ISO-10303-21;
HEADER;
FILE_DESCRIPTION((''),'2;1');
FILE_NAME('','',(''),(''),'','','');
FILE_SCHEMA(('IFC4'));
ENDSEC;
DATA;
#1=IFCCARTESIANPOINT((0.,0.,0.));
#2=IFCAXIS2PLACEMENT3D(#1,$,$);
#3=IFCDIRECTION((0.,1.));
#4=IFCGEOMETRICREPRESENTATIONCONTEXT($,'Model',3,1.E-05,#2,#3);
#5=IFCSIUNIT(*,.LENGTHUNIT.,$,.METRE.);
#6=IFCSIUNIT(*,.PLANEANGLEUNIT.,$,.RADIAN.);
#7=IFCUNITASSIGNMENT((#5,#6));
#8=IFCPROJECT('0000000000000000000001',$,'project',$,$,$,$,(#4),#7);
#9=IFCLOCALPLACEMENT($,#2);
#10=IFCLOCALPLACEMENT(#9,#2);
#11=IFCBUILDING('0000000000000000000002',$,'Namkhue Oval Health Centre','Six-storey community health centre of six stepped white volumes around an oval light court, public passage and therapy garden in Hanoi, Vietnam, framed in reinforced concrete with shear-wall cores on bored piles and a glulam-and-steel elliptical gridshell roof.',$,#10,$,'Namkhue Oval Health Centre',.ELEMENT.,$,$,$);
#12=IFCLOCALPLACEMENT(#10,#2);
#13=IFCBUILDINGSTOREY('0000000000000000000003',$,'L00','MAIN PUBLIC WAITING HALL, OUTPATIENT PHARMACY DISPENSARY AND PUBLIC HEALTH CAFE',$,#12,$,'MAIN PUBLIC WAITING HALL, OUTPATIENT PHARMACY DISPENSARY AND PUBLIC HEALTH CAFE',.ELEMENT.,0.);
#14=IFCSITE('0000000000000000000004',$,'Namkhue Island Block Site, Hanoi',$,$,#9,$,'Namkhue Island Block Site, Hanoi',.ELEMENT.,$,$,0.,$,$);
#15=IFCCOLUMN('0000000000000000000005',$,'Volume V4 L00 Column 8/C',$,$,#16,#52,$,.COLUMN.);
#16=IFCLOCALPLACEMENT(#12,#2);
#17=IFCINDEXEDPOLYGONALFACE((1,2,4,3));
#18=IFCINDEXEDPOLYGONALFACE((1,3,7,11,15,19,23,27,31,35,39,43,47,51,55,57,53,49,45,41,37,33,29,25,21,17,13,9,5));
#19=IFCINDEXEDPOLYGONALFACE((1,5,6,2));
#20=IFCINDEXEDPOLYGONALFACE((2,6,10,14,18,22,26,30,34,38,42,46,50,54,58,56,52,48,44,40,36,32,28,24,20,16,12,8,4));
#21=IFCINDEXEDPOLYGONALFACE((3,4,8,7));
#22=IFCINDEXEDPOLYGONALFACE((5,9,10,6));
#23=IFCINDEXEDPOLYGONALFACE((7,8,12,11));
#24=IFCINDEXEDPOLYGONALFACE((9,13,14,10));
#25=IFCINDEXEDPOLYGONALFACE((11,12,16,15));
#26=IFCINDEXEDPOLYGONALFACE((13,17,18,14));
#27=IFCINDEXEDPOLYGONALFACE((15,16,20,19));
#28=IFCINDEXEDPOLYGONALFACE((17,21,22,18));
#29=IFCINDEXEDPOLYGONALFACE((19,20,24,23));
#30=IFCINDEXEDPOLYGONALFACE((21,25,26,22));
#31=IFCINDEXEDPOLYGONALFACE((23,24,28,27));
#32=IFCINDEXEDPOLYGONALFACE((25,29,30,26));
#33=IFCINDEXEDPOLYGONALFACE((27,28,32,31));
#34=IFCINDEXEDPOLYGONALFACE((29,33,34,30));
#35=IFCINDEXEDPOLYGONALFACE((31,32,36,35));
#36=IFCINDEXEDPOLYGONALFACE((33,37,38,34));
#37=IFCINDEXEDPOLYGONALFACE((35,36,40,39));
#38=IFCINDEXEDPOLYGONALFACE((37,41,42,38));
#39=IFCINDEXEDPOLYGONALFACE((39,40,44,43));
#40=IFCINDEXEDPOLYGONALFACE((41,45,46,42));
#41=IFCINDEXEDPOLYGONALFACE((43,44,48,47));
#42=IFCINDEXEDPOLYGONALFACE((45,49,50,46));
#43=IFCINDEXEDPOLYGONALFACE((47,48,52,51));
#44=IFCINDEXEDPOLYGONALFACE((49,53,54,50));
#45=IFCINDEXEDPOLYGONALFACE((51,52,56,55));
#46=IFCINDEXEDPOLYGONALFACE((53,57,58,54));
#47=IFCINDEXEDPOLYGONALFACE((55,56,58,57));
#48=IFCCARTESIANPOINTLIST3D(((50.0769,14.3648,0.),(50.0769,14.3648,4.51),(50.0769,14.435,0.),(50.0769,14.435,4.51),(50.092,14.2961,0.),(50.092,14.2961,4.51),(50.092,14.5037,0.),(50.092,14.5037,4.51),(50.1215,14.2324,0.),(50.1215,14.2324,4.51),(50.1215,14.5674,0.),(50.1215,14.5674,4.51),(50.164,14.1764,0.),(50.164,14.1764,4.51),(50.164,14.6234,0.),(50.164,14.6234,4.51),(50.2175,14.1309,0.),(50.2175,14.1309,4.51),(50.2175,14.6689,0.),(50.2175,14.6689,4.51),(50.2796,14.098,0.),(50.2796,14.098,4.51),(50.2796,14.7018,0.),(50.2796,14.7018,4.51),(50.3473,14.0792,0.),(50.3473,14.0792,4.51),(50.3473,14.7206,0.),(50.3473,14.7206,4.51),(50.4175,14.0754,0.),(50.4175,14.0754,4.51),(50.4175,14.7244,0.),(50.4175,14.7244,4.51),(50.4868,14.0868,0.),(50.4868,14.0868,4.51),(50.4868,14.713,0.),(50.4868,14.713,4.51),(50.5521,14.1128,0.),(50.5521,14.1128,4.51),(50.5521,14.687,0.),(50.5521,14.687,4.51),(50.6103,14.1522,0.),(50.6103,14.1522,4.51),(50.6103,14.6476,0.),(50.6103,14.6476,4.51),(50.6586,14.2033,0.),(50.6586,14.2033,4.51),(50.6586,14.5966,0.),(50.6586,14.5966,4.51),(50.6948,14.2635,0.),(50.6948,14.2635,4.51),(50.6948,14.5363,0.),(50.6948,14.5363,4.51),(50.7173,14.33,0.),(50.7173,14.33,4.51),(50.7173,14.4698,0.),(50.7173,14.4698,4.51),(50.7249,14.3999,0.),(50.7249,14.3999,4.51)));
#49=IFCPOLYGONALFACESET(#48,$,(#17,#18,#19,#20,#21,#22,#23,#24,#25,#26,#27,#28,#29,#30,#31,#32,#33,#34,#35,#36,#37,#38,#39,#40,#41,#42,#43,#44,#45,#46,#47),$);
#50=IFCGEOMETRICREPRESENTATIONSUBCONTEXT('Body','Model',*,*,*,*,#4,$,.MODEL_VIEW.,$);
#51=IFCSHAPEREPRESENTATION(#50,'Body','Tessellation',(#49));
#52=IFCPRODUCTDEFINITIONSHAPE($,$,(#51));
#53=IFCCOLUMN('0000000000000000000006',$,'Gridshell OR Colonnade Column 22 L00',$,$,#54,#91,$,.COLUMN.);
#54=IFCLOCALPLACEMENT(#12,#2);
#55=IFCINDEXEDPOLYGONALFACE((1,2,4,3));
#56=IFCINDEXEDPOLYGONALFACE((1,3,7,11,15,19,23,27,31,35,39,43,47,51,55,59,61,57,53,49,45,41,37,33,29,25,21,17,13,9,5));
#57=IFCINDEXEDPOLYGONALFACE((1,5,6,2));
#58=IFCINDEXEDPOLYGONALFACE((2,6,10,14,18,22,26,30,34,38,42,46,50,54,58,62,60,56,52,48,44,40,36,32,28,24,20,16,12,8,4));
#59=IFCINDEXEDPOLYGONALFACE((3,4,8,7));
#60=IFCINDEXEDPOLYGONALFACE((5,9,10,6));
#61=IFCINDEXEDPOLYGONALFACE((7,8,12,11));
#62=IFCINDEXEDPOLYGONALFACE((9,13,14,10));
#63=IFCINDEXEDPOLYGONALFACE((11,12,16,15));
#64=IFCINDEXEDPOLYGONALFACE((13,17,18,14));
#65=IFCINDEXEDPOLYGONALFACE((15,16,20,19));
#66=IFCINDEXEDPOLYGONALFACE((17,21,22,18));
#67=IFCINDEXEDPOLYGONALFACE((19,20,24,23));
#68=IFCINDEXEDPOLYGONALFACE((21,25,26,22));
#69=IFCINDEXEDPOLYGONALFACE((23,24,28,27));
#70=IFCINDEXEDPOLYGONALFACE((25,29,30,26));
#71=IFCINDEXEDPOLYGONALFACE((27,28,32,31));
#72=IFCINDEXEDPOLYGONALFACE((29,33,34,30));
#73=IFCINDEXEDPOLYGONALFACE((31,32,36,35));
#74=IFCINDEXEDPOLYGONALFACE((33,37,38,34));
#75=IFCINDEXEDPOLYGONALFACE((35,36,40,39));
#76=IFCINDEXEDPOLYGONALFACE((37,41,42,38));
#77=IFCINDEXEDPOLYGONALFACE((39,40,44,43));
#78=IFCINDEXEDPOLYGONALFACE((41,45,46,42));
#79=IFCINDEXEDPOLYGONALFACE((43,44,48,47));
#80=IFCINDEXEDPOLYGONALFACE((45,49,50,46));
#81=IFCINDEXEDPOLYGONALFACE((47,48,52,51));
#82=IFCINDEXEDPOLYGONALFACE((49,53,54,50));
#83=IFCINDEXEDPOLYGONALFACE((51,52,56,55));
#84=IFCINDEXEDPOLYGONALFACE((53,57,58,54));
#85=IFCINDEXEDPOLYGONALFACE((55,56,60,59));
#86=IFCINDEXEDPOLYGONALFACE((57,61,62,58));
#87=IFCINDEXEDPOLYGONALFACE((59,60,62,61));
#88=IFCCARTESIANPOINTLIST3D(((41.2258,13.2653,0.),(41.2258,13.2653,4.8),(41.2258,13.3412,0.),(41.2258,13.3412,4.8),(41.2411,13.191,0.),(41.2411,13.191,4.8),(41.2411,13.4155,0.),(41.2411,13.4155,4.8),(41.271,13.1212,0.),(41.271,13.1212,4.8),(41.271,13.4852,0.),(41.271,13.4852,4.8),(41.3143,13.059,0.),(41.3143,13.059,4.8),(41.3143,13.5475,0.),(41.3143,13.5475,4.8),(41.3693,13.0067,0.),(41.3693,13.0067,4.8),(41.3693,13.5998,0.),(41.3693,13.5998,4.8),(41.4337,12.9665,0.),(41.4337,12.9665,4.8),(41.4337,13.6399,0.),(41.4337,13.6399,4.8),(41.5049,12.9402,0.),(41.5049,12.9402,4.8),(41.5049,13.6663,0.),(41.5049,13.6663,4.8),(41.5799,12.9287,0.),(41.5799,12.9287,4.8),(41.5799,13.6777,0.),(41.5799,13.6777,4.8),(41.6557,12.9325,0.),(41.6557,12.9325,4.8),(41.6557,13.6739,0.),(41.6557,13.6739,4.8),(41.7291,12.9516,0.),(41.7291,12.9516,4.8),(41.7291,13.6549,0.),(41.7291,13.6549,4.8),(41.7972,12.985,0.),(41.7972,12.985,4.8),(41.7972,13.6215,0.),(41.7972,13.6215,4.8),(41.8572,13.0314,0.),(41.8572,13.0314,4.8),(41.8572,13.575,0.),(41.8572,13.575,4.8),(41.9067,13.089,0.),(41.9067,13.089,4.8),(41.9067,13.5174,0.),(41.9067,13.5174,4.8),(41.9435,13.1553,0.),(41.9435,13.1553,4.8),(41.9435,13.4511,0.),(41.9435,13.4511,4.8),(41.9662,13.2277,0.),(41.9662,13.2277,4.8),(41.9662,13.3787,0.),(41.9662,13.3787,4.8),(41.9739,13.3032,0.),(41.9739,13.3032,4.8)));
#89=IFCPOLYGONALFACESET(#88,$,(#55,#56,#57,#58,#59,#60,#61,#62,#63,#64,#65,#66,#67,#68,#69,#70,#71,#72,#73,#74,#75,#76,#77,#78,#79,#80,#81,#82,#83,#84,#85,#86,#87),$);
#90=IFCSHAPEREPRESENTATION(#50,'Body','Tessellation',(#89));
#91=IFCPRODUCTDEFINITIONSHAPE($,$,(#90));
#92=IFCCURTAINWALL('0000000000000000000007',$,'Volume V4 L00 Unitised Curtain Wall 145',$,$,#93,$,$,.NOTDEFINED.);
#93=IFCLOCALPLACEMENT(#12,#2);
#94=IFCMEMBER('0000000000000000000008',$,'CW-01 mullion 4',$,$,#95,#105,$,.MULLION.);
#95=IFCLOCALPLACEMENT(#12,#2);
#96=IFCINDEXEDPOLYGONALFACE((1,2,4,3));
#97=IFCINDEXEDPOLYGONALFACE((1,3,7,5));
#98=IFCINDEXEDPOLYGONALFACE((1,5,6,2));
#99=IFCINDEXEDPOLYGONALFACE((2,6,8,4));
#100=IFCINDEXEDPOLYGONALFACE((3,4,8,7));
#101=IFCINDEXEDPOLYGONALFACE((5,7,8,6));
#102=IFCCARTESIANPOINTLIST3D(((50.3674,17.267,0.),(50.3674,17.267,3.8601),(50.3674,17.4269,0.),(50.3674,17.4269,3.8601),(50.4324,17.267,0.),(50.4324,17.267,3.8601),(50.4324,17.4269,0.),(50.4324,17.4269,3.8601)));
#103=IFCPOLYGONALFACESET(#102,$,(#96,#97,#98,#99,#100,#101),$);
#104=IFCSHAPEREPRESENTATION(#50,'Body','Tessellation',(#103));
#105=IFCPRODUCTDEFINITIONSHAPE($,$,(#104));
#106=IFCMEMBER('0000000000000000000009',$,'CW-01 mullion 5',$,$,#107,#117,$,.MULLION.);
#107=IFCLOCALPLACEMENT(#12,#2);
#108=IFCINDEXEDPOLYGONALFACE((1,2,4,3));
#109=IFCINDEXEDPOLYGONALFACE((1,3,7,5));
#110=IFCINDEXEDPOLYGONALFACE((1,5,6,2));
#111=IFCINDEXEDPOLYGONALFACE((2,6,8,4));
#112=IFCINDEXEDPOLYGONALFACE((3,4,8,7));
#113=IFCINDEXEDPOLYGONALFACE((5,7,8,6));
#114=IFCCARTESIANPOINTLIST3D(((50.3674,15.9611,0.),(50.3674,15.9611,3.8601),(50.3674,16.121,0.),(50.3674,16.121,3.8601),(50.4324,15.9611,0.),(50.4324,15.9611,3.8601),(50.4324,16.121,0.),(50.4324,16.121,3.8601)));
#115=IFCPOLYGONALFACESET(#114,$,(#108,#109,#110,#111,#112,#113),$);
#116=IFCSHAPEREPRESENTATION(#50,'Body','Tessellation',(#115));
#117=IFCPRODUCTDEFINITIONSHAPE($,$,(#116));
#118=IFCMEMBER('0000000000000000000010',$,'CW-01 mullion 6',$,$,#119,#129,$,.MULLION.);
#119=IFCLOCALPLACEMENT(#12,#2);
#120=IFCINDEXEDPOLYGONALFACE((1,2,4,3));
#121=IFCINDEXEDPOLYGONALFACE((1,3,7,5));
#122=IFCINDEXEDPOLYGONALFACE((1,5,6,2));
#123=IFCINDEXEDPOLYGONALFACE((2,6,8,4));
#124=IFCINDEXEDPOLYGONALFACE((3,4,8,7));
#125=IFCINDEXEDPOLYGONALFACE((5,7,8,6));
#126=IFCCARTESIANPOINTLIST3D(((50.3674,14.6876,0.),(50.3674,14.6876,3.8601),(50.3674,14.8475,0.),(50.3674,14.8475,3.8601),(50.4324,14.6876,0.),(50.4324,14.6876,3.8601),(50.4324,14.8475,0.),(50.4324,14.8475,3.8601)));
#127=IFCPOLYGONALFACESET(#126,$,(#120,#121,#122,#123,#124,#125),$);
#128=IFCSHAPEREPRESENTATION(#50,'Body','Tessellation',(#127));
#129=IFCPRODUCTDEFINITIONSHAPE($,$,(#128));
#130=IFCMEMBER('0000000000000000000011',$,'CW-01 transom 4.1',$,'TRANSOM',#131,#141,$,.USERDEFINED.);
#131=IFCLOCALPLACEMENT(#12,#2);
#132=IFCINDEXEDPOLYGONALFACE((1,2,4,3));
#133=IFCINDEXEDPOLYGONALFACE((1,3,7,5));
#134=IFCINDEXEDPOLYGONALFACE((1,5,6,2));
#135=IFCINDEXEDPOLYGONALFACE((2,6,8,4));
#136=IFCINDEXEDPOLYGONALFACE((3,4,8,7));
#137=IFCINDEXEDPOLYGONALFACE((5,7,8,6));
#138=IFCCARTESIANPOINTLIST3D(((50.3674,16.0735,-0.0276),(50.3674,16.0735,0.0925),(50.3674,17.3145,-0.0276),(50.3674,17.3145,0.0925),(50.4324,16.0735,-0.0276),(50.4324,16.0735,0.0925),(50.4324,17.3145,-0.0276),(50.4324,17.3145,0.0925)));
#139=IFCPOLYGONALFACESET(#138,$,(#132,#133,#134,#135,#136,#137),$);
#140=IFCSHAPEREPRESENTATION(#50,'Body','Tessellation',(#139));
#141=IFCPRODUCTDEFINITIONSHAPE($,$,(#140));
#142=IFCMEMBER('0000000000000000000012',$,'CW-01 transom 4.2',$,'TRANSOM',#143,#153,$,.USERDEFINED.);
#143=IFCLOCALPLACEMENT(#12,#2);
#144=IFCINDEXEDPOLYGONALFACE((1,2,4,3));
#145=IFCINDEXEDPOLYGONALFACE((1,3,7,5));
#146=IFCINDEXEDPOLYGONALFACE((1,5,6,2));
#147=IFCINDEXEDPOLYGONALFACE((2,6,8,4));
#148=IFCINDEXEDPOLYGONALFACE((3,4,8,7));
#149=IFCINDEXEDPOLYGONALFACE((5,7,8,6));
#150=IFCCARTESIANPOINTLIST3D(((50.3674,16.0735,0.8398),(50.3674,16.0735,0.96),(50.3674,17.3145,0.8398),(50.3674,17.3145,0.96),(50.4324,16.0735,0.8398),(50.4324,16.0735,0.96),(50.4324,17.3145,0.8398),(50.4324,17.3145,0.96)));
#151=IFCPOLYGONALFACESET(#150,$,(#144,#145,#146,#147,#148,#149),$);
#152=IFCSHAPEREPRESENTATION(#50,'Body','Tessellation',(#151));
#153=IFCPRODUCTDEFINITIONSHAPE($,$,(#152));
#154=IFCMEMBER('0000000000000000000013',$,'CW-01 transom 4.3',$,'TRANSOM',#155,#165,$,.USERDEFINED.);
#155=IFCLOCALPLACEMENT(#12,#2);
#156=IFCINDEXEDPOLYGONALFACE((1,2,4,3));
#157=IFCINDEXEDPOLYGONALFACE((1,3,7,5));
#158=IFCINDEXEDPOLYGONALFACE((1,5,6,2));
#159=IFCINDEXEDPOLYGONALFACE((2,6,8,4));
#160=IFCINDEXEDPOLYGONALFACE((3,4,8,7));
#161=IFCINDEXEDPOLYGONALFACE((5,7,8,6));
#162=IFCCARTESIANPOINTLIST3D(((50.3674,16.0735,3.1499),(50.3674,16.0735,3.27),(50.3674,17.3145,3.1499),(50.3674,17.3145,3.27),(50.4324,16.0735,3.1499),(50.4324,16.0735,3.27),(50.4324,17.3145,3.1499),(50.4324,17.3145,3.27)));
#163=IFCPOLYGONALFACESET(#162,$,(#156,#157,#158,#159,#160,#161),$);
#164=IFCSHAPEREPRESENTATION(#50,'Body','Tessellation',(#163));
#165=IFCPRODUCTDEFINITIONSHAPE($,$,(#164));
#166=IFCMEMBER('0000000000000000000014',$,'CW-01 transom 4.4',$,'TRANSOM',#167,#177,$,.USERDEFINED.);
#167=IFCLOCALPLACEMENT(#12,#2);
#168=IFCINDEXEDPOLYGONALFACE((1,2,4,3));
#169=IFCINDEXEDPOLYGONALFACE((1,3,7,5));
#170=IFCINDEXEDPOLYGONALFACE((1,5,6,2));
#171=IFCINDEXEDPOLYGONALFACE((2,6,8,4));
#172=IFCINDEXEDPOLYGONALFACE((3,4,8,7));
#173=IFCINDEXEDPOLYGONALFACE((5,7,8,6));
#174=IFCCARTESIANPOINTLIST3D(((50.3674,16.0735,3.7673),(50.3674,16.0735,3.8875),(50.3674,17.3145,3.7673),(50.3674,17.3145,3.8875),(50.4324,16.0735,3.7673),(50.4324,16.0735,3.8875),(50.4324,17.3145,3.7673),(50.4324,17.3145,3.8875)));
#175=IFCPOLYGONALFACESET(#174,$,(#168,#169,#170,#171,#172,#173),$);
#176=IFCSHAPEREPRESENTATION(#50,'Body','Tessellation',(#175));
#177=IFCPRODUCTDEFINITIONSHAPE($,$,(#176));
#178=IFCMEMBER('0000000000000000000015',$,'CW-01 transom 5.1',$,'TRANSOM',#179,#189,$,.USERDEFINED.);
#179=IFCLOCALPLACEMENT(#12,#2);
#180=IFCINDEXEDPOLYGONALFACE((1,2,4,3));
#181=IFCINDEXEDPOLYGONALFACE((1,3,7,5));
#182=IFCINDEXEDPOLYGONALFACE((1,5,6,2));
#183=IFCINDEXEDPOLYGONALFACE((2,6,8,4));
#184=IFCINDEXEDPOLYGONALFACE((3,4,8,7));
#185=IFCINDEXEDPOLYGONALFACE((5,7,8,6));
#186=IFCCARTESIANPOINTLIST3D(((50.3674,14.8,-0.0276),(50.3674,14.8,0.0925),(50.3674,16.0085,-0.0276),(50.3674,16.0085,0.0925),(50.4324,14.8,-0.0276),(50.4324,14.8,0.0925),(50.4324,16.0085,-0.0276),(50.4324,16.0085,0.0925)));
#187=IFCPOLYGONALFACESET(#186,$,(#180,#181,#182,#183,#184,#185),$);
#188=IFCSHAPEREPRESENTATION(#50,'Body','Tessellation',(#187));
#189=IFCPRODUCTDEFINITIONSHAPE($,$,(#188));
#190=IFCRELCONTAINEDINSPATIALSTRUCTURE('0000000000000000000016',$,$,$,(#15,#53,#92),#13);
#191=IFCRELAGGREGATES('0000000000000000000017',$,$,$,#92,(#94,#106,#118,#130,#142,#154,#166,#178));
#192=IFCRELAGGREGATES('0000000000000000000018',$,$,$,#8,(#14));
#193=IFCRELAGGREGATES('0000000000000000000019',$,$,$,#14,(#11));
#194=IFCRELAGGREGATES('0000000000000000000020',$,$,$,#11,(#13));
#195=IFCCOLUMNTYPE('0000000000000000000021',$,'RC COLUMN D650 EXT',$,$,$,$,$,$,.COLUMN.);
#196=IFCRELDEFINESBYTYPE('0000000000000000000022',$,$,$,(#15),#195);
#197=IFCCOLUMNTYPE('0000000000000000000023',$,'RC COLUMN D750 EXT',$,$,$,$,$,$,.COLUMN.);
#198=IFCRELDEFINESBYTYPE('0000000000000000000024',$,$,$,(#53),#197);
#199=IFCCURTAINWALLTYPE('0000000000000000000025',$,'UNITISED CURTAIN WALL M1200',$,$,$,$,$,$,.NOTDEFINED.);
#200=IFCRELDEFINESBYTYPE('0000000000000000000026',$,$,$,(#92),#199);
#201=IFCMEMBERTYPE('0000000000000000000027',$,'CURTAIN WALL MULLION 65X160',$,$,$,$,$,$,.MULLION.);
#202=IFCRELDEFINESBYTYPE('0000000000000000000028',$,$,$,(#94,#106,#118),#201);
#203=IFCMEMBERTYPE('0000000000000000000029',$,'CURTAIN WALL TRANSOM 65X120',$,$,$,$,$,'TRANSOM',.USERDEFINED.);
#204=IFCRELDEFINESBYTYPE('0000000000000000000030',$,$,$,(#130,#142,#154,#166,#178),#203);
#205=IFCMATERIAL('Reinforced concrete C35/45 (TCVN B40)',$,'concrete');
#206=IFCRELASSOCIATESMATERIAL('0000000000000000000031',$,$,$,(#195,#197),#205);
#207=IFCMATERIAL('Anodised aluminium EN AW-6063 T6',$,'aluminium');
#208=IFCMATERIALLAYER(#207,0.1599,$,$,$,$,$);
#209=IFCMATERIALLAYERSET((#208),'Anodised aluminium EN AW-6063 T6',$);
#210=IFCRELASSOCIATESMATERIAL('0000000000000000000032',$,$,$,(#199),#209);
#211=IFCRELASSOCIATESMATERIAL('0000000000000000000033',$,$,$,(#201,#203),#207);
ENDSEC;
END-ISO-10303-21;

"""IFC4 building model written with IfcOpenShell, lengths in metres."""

from ifc_helpers import new_model, si_unit, direction, frame, origin, origin_2d, place, context, subcontext, project, spatial, rectangle, circle, extrude, material, layer, layer_set, material_profile, profile_set, type_object, element, aggregate, save


model = new_model("IFC4")

# Units and contexts
model_context = context("Model", 3, precision=1e-05, world=origin(), true_north=direction((0.0, 1.0)))
body_context = subcontext(model_context, "Body", "Model", "MODEL_VIEW")
ifc_project = project(units=[si_unit("LENGTHUNIT", "METRE"), si_unit("PLANEANGLEUNIT", "RADIAN")], contexts=[model_context])

# Site, building, storey
site_placement = place(None, origin())
site = spatial("IfcSite", under=ifc_project, at=site_placement, Name="Namkhue Island Block Site, Hanoi", LongName="Namkhue Island Block Site, Hanoi", CompositionType="ELEMENT", RefElevation=0.0)
building_placement = place(site_placement, origin())
building = spatial("IfcBuilding", under=site, at=building_placement, Name="Namkhue Oval Health Centre", Description="Six-storey community health centre of six stepped white volumes around an oval light court, public passage and therapy garden in Hanoi, Vietnam, framed in reinforced concrete with shear-wall cores on bored piles and a glulam-and-steel elliptical gridshell roof.", LongName="Namkhue Oval Health Centre", CompositionType="ELEMENT")
storey_placement = place(building_placement, origin())
storey = spatial("IfcBuildingStorey", under=building, at=storey_placement, Name="L00", Description="MAIN PUBLIC WAITING HALL, OUTPATIENT PHARMACY DISPENSARY AND PUBLIC HEALTH CAFE", LongName="MAIN PUBLIC WAITING HALL, OUTPATIENT PHARMACY DISPENSARY AND PUBLIC HEALTH CAFE", CompositionType="ELEMENT", Elevation=0.0)

# Columns
ifc_material_1 = material(Name="Reinforced concrete C35/45 (TCVN B40)", Category="concrete")
ifc_material_profile_1 = material_profile(ifc_material_1, circle(Radius=0.325, at=origin_2d()), Name="RC D650")
ifc_profile_set_1 = profile_set([ifc_material_profile_1], Name="Reinforced concrete C35/45 (TCVN B40)")
column_type_1 = type_object("IfcColumnType", Name="RC COLUMN D650 EXT", PredefinedType="COLUMN", material=ifc_profile_set_1)
column_1_placement = place(storey_placement, frame((50.3999, 14.3999, 0.0), z_axis=(0.0, 0.0, 1.0), x_axis=(1.0, 0.0, 0.0)))
element("IfcColumn", 1, at=column_1_placement, inside=storey, type_object=column_type_1, Name="Volume V4 L00 Column 8/C", PredefinedType="COLUMN", context=body_context, shape_type="SweptSolid", body=[
    extrude(circle(Radius=0.325, at=origin_2d()), origin(), (0.0, 0.0, 1.0), 4.51),
])
ifc_material_profile_2 = material_profile(ifc_material_1, circle(Radius=0.375, at=origin_2d()), Name="RC D750")
ifc_profile_set_2 = profile_set([ifc_material_profile_2], Name="Reinforced concrete C35/45 (TCVN B40)")
column_type_2 = type_object("IfcColumnType", Name="RC COLUMN D750 EXT", PredefinedType="COLUMN", material=ifc_profile_set_2)
column_2_placement = place(storey_placement, frame((41.5989, 13.3032, 0.0), z_axis=(0.0, 0.0, 1.0), x_axis=(1.0, 0.0, 0.0)))
element("IfcColumn", 2, at=column_2_placement, inside=storey, type_object=column_type_2, Name="Gridshell OR Colonnade Column 22 L00", PredefinedType="COLUMN", context=body_context, shape_type="SweptSolid", body=[
    extrude(circle(Radius=0.375, at=origin_2d()), origin(), (0.0, 0.0, 1.0), 4.8),
])

# Curtain wall, members
ifc_material_2 = material(Name="Anodised aluminium EN AW-6063 T6", Category="aluminium")
ifc_layer_1 = layer(ifc_material_2, 0.1599)
ifc_layer_set_1 = layer_set([ifc_layer_1], Name="Anodised aluminium EN AW-6063 T6")
curtain_wall_type = type_object("IfcCurtainWallType", Name="UNITISED CURTAIN WALL M1200", PredefinedType="NOTDEFINED", material=ifc_layer_set_1)
curtain_wall_placement = place(storey_placement, origin())
curtain_wall = element("IfcCurtainWall", 3, at=curtain_wall_placement, inside=storey, type_object=curtain_wall_type, Name="Volume V4 L00 Unitised Curtain Wall 145", PredefinedType="NOTDEFINED")
ifc_material_profile_3 = material_profile(ifc_material_2, rectangle(XDim=0.0649, YDim=0.1599, at=origin_2d()), Name="ALU 65x160")
ifc_profile_set_3 = profile_set([ifc_material_profile_3], Name="Anodised aluminium EN AW-6063 T6")
member_type_1 = type_object("IfcMemberType", Name="CURTAIN WALL MULLION 65X160", PredefinedType="MULLION", material=ifc_profile_set_3)
member_1_placement = place(storey_placement, frame((50.3999, 17.3469, 0.0), z_axis=(0.0, 0.0, 1.0), x_axis=(1.0, 0.0, 0.0)))
member_1 = element("IfcMember", 4, at=member_1_placement, type_object=member_type_1, Name="CW-01 mullion 4", PredefinedType="MULLION", context=body_context, shape_type="SweptSolid", body=[
    extrude(rectangle(XDim=0.0649, YDim=0.1599, at=origin_2d()), origin(), (0.0, 0.0, 1.0), 3.8601),
])
member_2_placement = place(storey_placement, frame((50.3999, 16.041, 0.0), z_axis=(0.0, 0.0, 1.0), x_axis=(1.0, 0.0, 0.0)))
member_2 = element("IfcMember", 5, at=member_2_placement, type_object=member_type_1, Name="CW-01 mullion 5", PredefinedType="MULLION", context=body_context, shape_type="SweptSolid", body=[
    extrude(rectangle(XDim=0.0649, YDim=0.1599, at=origin_2d()), origin(), (0.0, 0.0, 1.0), 3.8601),
])
member_3_placement = place(storey_placement, frame((50.3999, 14.7676, 0.0), z_axis=(0.0, 0.0, 1.0), x_axis=(1.0, 0.0, 0.0)))
member_3 = element("IfcMember", 6, at=member_3_placement, type_object=member_type_1, Name="CW-01 mullion 6", PredefinedType="MULLION", context=body_context, shape_type="SweptSolid", body=[
    extrude(rectangle(XDim=0.0649, YDim=0.1599, at=origin_2d()), origin(), (0.0, 0.0, 1.0), 3.8601),
])
ifc_material_profile_4 = material_profile(ifc_material_2, rectangle(XDim=0.0649, YDim=0.1201, at=origin_2d()), Name="ALU 65x120")
ifc_profile_set_4 = profile_set([ifc_material_profile_4], Name="Anodised aluminium EN AW-6063 T6")
member_type_2 = type_object("IfcMemberType", Name="CURTAIN WALL TRANSOM 65X120", ElementType="TRANSOM", PredefinedType="USERDEFINED", material=ifc_profile_set_4)
member_4_placement = place(storey_placement, frame((50.3999, 17.3145, 0.0325), z_axis=(0.0, -1.0, 0.0), x_axis=(1.0, 0.0, 0.0)))
member_4 = element("IfcMember", 7, at=member_4_placement, type_object=member_type_2, Name="CW-01 transom 4.1", ObjectType="TRANSOM", PredefinedType="USERDEFINED", context=body_context, shape_type="SweptSolid", body=[
    extrude(rectangle(XDim=0.0649, YDim=0.1201, at=origin_2d()), origin(), (0.0, 0.0, 1.0), 1.241),
])
member_5_placement = place(storey_placement, frame((50.3999, 17.3145, 0.8999), z_axis=(0.0, -1.0, 0.0), x_axis=(1.0, 0.0, 0.0)))
member_5 = element("IfcMember", 8, at=member_5_placement, type_object=member_type_2, Name="CW-01 transom 4.2", ObjectType="TRANSOM", PredefinedType="USERDEFINED", context=body_context, shape_type="SweptSolid", body=[
    extrude(rectangle(XDim=0.0649, YDim=0.1201, at=origin_2d()), origin(), (0.0, 0.0, 1.0), 1.241),
])
member_6_placement = place(storey_placement, frame((50.3999, 17.3145, 3.21), z_axis=(0.0, -1.0, 0.0), x_axis=(1.0, 0.0, 0.0)))
member_6 = element("IfcMember", 9, at=member_6_placement, type_object=member_type_2, Name="CW-01 transom 4.3", ObjectType="TRANSOM", PredefinedType="USERDEFINED", context=body_context, shape_type="SweptSolid", body=[
    extrude(rectangle(XDim=0.0649, YDim=0.1201, at=origin_2d()), origin(), (0.0, 0.0, 1.0), 1.241),
])
member_7_placement = place(storey_placement, frame((50.3999, 17.3145, 3.8274), z_axis=(0.0, -1.0, 0.0), x_axis=(1.0, 0.0, 0.0)))
member_7 = element("IfcMember", 10, at=member_7_placement, type_object=member_type_2, Name="CW-01 transom 4.4", ObjectType="TRANSOM", PredefinedType="USERDEFINED", context=body_context, shape_type="SweptSolid", body=[
    extrude(rectangle(XDim=0.0649, YDim=0.1201, at=origin_2d()), origin(), (0.0, 0.0, 1.0), 1.241),
])
member_8_placement = place(storey_placement, frame((50.3999, 16.0085, 0.0325), z_axis=(0.0, -1.0, 0.0), x_axis=(1.0, 0.0, 0.0)))
member_8 = element("IfcMember", 11, at=member_8_placement, type_object=member_type_2, Name="CW-01 transom 5.1", ObjectType="TRANSOM", PredefinedType="USERDEFINED", context=body_context, shape_type="SweptSolid", body=[
    extrude(rectangle(XDim=0.0649, YDim=0.1201, at=origin_2d()), origin(), (0.0, 0.0, 1.0), 1.2085),
])

aggregate(curtain_wall, [member_1, member_2, member_3, member_4, member_5, member_6, member_7, member_8])

save(model, "model.ifc")
